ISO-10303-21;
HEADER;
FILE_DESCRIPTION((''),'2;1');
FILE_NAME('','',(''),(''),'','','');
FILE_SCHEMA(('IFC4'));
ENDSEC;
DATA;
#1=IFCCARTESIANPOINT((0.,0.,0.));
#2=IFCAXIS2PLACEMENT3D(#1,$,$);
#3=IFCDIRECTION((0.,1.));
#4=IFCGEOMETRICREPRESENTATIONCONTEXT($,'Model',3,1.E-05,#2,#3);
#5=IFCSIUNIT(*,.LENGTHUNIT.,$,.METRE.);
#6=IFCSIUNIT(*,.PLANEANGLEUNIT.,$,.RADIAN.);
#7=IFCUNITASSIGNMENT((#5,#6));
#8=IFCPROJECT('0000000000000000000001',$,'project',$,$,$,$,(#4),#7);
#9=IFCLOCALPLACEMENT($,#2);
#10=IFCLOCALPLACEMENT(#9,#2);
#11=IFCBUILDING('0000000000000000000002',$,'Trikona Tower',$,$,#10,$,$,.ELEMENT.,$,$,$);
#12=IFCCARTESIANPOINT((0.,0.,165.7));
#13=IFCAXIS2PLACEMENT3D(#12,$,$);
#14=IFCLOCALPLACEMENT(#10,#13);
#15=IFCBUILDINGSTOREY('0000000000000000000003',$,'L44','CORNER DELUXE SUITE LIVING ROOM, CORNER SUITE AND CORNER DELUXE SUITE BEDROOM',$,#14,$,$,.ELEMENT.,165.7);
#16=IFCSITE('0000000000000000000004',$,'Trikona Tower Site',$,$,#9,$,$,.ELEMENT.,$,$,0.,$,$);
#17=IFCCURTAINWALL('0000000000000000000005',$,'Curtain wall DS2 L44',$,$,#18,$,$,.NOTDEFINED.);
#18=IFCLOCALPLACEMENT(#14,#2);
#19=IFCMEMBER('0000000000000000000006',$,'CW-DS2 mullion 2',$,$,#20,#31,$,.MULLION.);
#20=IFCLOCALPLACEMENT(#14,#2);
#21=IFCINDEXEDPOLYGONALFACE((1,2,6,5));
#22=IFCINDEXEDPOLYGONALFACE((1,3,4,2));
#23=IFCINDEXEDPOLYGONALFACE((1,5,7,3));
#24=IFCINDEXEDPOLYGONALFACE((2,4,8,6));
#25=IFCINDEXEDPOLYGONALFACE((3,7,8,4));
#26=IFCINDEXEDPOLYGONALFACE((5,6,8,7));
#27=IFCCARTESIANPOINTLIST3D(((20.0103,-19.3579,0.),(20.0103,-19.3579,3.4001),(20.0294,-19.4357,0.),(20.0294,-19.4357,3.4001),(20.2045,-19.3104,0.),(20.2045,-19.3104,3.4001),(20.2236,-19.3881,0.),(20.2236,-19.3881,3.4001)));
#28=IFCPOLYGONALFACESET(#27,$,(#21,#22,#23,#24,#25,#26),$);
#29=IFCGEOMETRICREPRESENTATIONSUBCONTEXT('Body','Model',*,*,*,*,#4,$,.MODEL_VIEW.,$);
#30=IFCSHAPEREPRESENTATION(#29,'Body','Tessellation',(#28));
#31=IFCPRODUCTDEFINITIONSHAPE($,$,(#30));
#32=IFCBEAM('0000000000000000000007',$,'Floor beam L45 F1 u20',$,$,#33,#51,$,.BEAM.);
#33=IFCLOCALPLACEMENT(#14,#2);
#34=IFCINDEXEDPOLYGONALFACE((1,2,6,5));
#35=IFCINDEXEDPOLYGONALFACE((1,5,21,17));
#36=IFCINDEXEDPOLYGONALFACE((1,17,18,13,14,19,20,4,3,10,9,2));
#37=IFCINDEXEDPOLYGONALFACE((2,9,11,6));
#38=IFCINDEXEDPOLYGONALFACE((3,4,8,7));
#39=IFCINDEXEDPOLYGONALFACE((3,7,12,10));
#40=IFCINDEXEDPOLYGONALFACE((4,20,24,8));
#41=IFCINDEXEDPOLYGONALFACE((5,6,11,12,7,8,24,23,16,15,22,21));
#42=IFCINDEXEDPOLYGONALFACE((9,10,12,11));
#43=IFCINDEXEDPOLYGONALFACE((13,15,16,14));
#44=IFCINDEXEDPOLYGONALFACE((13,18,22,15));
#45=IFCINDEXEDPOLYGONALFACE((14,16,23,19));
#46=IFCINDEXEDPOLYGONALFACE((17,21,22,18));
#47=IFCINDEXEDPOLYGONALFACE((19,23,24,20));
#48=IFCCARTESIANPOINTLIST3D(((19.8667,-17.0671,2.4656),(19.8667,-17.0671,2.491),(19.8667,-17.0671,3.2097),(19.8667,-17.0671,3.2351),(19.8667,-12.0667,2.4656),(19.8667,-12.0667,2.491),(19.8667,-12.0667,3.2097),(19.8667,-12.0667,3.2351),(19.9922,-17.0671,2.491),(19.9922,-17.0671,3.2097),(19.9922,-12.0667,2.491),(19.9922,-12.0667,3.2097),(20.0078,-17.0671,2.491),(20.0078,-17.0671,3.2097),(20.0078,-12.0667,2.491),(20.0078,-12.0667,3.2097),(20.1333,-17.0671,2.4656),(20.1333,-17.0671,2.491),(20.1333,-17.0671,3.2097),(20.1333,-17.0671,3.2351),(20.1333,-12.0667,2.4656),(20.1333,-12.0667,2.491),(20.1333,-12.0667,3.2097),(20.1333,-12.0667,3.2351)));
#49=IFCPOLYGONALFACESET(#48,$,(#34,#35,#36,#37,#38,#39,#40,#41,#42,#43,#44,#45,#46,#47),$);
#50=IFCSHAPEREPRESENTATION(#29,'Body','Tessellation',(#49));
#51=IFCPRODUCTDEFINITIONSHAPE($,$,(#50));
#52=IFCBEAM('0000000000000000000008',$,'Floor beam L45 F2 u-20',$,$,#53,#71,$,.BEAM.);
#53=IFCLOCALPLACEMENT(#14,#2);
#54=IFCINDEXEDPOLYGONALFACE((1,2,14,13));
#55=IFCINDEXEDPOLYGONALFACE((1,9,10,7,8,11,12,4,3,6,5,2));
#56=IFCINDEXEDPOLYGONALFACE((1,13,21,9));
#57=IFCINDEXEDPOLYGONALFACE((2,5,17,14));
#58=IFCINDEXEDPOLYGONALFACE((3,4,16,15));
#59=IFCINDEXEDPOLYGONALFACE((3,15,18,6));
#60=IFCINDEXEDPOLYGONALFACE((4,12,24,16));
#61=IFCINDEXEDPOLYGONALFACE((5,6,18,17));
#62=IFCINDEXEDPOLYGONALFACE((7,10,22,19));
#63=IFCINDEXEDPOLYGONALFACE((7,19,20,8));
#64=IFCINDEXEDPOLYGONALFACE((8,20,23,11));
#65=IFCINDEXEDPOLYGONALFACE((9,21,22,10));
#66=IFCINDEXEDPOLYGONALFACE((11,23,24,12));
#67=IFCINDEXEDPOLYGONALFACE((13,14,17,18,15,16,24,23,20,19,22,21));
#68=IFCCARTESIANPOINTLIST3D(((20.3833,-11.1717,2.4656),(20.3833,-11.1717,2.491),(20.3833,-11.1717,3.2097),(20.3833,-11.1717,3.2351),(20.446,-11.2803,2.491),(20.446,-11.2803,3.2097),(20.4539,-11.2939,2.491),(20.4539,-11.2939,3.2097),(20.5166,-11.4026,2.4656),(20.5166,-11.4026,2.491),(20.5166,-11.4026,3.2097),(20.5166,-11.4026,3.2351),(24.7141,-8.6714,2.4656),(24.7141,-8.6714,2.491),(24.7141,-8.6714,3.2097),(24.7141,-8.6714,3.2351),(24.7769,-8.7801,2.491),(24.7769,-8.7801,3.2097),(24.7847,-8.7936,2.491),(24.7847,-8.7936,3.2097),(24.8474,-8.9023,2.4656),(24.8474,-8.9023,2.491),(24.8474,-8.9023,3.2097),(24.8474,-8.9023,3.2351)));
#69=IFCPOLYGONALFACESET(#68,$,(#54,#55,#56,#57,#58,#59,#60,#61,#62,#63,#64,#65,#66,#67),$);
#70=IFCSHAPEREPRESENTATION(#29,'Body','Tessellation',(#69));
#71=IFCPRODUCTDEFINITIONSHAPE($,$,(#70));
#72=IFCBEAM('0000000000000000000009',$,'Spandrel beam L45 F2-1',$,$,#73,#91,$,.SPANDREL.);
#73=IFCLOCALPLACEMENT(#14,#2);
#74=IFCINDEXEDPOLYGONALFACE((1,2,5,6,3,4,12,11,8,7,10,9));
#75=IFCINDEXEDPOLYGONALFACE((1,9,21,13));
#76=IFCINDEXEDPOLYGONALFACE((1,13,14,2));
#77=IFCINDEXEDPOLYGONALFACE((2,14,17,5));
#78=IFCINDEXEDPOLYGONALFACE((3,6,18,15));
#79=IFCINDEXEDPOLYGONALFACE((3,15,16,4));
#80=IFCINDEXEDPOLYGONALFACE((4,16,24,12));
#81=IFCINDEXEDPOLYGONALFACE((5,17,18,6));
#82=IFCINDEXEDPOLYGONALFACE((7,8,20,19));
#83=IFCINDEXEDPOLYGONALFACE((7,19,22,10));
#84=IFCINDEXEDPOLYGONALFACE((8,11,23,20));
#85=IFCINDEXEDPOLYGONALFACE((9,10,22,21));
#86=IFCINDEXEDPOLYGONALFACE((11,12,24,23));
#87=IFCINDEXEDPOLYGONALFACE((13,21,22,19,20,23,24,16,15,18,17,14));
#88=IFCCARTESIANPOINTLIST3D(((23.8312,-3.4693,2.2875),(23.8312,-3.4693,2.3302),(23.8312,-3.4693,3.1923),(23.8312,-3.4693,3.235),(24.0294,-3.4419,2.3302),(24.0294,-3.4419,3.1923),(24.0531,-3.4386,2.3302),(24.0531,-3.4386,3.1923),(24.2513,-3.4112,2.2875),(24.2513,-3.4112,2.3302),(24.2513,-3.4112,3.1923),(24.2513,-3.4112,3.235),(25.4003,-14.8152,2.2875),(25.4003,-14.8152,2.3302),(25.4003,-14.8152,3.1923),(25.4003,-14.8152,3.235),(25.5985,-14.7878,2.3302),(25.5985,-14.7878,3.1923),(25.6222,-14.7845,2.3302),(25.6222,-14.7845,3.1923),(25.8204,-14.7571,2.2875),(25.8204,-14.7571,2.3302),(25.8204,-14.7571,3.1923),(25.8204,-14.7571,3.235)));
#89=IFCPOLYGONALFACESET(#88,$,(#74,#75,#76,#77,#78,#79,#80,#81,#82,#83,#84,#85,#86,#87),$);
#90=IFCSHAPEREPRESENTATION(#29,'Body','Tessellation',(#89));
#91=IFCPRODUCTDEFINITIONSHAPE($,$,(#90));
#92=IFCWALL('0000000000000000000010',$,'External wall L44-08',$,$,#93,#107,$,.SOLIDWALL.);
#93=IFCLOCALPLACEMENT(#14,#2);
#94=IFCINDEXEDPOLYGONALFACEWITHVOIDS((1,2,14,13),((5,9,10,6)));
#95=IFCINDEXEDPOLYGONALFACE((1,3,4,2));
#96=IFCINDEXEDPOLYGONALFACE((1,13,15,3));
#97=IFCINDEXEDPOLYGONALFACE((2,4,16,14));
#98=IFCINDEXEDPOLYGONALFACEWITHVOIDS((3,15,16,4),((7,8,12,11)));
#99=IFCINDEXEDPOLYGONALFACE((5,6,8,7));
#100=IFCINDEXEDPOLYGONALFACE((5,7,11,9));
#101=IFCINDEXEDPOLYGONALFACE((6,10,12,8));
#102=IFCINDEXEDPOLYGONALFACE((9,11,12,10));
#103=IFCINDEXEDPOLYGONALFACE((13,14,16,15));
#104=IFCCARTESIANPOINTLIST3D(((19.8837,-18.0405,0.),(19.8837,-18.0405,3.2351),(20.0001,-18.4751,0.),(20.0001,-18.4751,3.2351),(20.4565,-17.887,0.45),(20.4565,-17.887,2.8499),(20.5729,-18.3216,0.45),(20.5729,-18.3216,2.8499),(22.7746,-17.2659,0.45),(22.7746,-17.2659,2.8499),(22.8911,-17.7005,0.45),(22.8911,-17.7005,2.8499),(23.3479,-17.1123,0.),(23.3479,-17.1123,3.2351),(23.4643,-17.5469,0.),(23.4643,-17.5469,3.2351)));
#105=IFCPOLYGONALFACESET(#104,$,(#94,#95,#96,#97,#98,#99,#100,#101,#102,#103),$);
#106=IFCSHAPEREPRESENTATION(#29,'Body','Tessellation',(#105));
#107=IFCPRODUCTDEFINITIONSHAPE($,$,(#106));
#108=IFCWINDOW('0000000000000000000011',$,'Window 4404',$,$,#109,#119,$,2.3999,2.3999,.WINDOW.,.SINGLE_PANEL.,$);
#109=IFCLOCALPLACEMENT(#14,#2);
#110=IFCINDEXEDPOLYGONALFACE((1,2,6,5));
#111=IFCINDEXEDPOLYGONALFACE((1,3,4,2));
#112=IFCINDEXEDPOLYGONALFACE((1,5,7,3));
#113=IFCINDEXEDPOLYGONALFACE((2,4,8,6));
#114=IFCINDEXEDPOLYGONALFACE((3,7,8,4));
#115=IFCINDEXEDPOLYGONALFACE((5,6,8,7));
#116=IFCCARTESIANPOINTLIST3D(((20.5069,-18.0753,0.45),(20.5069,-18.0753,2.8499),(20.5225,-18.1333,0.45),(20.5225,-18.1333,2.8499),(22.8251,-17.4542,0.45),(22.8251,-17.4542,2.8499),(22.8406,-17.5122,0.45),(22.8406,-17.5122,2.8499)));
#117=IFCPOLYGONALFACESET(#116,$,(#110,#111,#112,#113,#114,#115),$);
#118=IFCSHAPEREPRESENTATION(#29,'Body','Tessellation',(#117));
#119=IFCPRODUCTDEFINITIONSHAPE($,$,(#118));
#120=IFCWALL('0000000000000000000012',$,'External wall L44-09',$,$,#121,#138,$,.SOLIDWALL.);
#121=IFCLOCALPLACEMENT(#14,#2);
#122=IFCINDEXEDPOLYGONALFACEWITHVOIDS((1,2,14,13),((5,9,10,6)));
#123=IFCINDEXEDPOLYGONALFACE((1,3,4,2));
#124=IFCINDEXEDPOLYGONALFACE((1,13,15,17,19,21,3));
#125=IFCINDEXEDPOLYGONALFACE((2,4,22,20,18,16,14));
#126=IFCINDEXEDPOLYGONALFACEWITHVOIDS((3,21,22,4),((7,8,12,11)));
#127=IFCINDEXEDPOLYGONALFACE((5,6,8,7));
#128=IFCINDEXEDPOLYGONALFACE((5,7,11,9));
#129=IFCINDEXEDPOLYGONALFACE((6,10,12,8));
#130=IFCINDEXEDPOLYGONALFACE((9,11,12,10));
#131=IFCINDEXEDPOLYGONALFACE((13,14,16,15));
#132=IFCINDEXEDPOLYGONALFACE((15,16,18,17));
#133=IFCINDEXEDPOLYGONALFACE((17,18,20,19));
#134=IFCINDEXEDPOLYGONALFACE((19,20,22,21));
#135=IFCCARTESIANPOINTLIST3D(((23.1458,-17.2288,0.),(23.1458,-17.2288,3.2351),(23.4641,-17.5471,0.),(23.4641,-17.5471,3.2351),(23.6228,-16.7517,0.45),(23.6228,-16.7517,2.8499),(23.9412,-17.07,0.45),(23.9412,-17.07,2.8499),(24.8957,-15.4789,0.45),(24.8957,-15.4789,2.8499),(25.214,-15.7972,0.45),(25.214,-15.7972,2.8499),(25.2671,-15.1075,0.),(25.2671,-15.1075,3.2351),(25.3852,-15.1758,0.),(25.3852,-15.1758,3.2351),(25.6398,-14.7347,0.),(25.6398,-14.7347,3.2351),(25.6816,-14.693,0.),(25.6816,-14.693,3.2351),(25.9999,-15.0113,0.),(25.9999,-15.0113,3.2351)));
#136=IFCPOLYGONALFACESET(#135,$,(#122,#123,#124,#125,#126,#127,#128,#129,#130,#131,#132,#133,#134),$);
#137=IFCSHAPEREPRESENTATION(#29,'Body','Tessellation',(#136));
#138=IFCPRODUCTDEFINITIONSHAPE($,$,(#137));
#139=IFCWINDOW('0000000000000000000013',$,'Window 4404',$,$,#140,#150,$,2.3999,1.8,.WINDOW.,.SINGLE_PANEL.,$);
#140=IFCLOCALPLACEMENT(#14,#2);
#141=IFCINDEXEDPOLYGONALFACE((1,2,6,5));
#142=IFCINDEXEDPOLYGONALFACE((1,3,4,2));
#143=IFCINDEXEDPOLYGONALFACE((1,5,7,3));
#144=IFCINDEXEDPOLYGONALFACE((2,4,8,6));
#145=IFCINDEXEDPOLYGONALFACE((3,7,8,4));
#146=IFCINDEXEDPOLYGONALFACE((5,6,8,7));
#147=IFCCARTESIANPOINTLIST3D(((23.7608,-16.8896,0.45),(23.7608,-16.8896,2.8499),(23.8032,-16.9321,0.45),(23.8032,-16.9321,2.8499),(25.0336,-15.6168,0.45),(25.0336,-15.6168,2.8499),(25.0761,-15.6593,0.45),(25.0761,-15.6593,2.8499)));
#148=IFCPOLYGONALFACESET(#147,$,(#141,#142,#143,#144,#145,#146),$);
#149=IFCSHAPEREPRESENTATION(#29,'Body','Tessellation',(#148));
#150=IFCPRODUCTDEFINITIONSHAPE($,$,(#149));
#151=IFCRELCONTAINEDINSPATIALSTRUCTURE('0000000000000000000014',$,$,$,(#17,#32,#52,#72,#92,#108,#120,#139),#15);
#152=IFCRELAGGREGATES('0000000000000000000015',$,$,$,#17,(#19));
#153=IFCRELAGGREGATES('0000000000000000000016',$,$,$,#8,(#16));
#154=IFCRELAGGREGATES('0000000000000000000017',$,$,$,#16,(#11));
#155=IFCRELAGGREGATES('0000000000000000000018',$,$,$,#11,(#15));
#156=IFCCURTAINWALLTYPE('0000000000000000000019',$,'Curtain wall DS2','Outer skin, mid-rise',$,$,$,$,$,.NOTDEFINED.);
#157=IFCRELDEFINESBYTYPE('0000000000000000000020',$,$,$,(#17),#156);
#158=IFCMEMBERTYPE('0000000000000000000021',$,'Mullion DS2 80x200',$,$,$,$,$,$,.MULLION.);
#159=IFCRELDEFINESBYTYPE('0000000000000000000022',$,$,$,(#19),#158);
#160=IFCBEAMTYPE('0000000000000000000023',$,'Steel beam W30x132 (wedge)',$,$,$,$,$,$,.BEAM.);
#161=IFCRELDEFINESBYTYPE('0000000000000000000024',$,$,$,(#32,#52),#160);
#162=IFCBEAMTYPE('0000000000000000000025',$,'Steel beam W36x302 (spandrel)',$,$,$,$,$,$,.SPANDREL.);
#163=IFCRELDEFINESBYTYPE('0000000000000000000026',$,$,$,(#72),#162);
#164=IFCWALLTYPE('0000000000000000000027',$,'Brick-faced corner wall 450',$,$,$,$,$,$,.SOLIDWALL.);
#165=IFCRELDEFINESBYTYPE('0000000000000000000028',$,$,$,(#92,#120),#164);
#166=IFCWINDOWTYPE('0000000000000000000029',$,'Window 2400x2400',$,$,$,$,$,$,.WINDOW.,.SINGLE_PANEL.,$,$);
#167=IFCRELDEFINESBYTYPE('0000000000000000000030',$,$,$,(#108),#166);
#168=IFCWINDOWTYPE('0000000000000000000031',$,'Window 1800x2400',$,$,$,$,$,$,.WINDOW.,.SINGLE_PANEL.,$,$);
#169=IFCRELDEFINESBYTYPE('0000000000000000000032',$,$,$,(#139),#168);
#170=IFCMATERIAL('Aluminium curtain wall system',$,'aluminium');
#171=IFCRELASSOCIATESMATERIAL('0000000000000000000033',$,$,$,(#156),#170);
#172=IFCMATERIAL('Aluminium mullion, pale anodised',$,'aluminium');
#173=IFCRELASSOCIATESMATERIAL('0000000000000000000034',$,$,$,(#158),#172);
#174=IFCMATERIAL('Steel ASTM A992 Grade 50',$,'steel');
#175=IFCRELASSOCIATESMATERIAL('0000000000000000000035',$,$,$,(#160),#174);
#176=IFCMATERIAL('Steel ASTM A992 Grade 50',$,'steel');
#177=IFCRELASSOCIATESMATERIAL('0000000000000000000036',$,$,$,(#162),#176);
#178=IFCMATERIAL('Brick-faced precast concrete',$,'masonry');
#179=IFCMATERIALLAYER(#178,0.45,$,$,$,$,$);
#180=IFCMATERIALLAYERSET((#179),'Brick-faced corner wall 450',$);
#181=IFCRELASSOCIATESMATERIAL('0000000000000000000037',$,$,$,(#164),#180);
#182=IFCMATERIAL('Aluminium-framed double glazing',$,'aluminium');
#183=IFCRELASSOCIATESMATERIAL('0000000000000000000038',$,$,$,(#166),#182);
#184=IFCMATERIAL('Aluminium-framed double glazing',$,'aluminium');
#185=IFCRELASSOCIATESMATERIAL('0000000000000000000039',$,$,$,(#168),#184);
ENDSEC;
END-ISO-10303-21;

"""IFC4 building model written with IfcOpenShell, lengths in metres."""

from ifc_helpers import new_model, si_unit, direction, frame, frame_2d, origin, origin_2d, place, context, subcontext, project, spatial, polyline, rectangle, i_section, outline, extrude, material, layer, layer_set, material_profile, profile_set, type_object, element, fill, aggregate, save


model = new_model("IFC4")

# Units and contexts
model_context = context("Model", 3, precision=1e-05, world=origin(), true_north=direction((0.0, 1.0)))
body_context = subcontext(model_context, "Body", "Model", "MODEL_VIEW")
ifc_project = project(units=[si_unit("LENGTHUNIT", "METRE"), si_unit("PLANEANGLEUNIT", "RADIAN")], contexts=[model_context])

# Site, building, storey
site_placement = place(None, origin())
site = spatial("IfcSite", under=ifc_project, at=site_placement, Name="Trikona Tower Site", CompositionType="ELEMENT", RefElevation=0.0)
building_placement = place(site_placement, origin())
building = spatial("IfcBuilding", under=site, at=building_placement, Name="Trikona Tower", CompositionType="ELEMENT")
storey_placement = place(building_placement, frame((0.0, 0.0, 165.7)))
storey = spatial("IfcBuildingStorey", under=building, at=storey_placement, Name="L44", Description="CORNER DELUXE SUITE LIVING ROOM, CORNER SUITE AND CORNER DELUXE SUITE BEDROOM", CompositionType="ELEMENT", Elevation=165.7)

# Curtain wall, member
ifc_material_1 = material(Name="Aluminium curtain wall system", Category="aluminium")
curtain_wall_type = type_object("IfcCurtainWallType", Name="Curtain wall DS2", Description="Outer skin, mid-rise", PredefinedType="NOTDEFINED", material=ifc_material_1)
curtain_wall_placement = place(storey_placement, origin())
curtain_wall = element("IfcCurtainWall", 1, at=curtain_wall_placement, inside=storey, type_object=curtain_wall_type, Name="Curtain wall DS2 L44", PredefinedType="NOTDEFINED")
ifc_material_2 = material(Name="Aluminium mullion, pale anodised", Category="aluminium")
ifc_material_profile_1 = material_profile(ifc_material_2, rectangle(XDim=0.0801, YDim=0.2, at=origin_2d()), Name="MUL-DS2")
ifc_profile_set_1 = profile_set([ifc_material_profile_1], Name="Aluminium mullion, pale anodised")
member_type = type_object("IfcMemberType", Name="Mullion DS2 80x200", PredefinedType="MULLION", material=ifc_profile_set_1)
member_placement = place(storey_placement, frame((20.1169, -19.373, 0.0), z_axis=(0.0, 0.0, 1.0), x_axis=(-0.23797, 0.971272, 0.0)))
member = element("IfcMember", 2, at=member_placement, type_object=member_type, Name="CW-DS2 mullion 2", PredefinedType="MULLION", context=body_context, shape_type="SweptSolid", body=[
    extrude(rectangle(XDim=0.0801, YDim=0.2, at=origin_2d()), origin(), (0.0, 0.0, 1.0), 3.4001),
])
aggregate(curtain_wall, [member])

# Beams
ifc_material_3 = material(Name="Steel ASTM A992 Grade 50", Category="steel")
ifc_material_profile_2 = material_profile(ifc_material_3, i_section(OverallWidth=0.2666, OverallDepth=0.7695, WebThickness=0.0156, FlangeThickness=0.0254, at=origin_2d()), Name="W30X132")
ifc_profile_set_2 = profile_set([ifc_material_profile_2], Name="Steel ASTM A992 Grade 50")
beam_type_1 = type_object("IfcBeamType", Name="Steel beam W30x132 (wedge)", PredefinedType="BEAM", material=ifc_profile_set_2)
beam_1_placement = place(storey_placement, frame((20.0, -12.0667, 2.8503), z_axis=(0.0, -1.0, 0.0), x_axis=(1.0, 0.0, 0.0)))
element("IfcBeam", 3, at=beam_1_placement, inside=storey, type_object=beam_type_1, Name="Floor beam L45 F1 u20", PredefinedType="BEAM", context=body_context, shape_type="SweptSolid", body=[
    extrude(i_section(OverallWidth=0.2666, OverallDepth=0.7695, WebThickness=0.0156, FlangeThickness=0.0254, at=origin_2d()), origin(), (0.0, 0.0, 1.0), 5.0005),
])
beam_2_placement = place(storey_placement, frame((20.45, -11.2871, 2.8503), z_axis=(0.866038, 0.499977, 0.0), x_axis=(-0.499977, 0.866038, 0.0)))
element("IfcBeam", 4, at=beam_2_placement, inside=storey, type_object=beam_type_1, Name="Floor beam L45 F2 u-20", PredefinedType="BEAM", context=body_context, shape_type="SweptSolid", body=[
    extrude(i_section(OverallWidth=0.2666, OverallDepth=0.7695, WebThickness=0.0156, FlangeThickness=0.0254, at=origin_2d()), origin(), (0.0, 0.0, 1.0), 5.0007),
])
ifc_material_4 = material(Name="Steel ASTM A992 Grade 50", Category="steel")
ifc_material_profile_3 = material_profile(ifc_material_4, i_section(OverallWidth=0.4241, OverallDepth=0.9475, WebThickness=0.0239, FlangeThickness=0.0427, at=origin_2d()), Name="W36X302")
ifc_profile_set_3 = profile_set([ifc_material_profile_3], Name="Steel ASTM A992 Grade 50")
beam_type_2 = type_object("IfcBeamType", Name="Steel beam W36x302 (spandrel)", PredefinedType="SPANDREL", material=ifc_profile_set_3)
beam_3_placement = place(storey_placement, frame((25.6104, -14.7861, 2.7612), z_axis=(-0.136992, 0.990572, 0.0), x_axis=(-0.990572, -0.136992, 0.0)))
element("IfcBeam", 5, at=beam_3_placement, inside=storey, type_object=beam_type_2, Name="Spandrel beam L45 F2-1", PredefinedType="SPANDREL", context=body_context, shape_type="SweptSolid", body=[
    extrude(i_section(OverallWidth=0.4241, OverallDepth=0.9475, WebThickness=0.0239, FlangeThickness=0.0427, at=origin_2d()), origin(), (0.0, 0.0, 1.0), 11.4539),
])

# Walls, openings, windows
ifc_material_5 = material(Name="Brick-faced precast concrete", Category="masonry")
ifc_layer_1 = layer(ifc_material_5, 0.45)
ifc_layer_set_1 = layer_set([ifc_layer_1], Name="Brick-faced corner wall 450")
wall_type_1 = type_object("IfcWallType", Name="Brick-faced corner wall 450", PredefinedType="SOLIDWALL", material=ifc_layer_set_1)
wall_1_placement = place(storey_placement, frame((19.9419, -18.2578, 0.0), z_axis=(0.0, 0.0, 1.0), x_axis=(0.965925, 0.258823, 0.0)))
wall_1 = element("IfcWall", 6, at=wall_1_placement, inside=storey, type_object=wall_type_1, Name="External wall L44-08", PredefinedType="SOLIDWALL", context=body_context, shape_type="SweptSolid", body=[
    extrude(rectangle(XDim=3.5864, YDim=0.45, at=frame_2d((1.7932, 0.0))), origin(), (0.0, 0.0, 1.0), 3.2351),
])
opening_1_placement = place(wall_1_placement, frame((0.593, 0.0, 0.45)))
opening_1 = element("IfcOpeningElement", 7, at=opening_1_placement, cuts=wall_1, PredefinedType="OPENING", context=body_context, shape_type="SweptSolid", body=[
    extrude(rectangle(XDim=2.3999, YDim=2.3999, at=frame_2d((1.2, 1.2))), frame((0.0, 0.2349, 0.0), z_axis=(0.0, -1.0, 0.0), x_axis=(1.0, 0.0, 0.0)), (0.0, 0.0, 1.0), 0.47),
])
ifc_material_6 = material(Name="Aluminium-framed double glazing", Category="aluminium")
window_type_1 = type_object("IfcWindowType", Name="Window 2400x2400", PartitioningType="SINGLE_PANEL", PredefinedType="WINDOW", material=ifc_material_6)
window_1_placement = place(opening_1_placement, origin())
window_1 = element("IfcWindow", 8, at=window_1_placement, inside=storey, type_object=window_type_1, Name="Window 4404", OverallHeight=2.3999, OverallWidth=2.3999, PartitioningType="SINGLE_PANEL", PredefinedType="WINDOW", context=body_context, shape_type="SweptSolid", body=[
    extrude(rectangle(XDim=2.3999, YDim=2.3999, at=frame_2d((1.2, 1.2))), frame((0.0, 0.03, 0.0), z_axis=(0.0, -1.0, 0.0), x_axis=(1.0, 0.0, 0.0)), (0.0, 0.0, 1.0), 0.0601),
])
fill(opening_1, window_1)
wall_2_placement = place(storey_placement, frame((23.3049, -17.3879, 0.0), z_axis=(0.0, 0.0, 1.0), x_axis=(0.707107, 0.707107, 0.0)))
wall_2 = element("IfcWall", 9, at=wall_2_placement, inside=storey, type_object=wall_type_1, Name="External wall L44-09", PredefinedType="SOLIDWALL", context=body_context, shape_type="SweptSolid", body=[
    extrude(outline(polyline([(3.5862, 0.2251), (3.5271, 0.2251), (3.0352, 0.0933), (3.0, 0.2251), (0.0, 0.2251), (0.0, -0.2251), (3.5862, -0.2251), (3.5862, 0.2251)])), origin(), (0.0, 0.0, 1.0), 3.2351),
])
opening_2_placement = place(wall_2_placement, frame((0.6748, 0.0, 0.45)))
opening_2 = element("IfcOpeningElement", 10, at=opening_2_placement, cuts=wall_2, PredefinedType="OPENING", context=body_context, shape_type="SweptSolid", body=[
    extrude(rectangle(XDim=1.8, YDim=2.3999, at=frame_2d((0.8999, 1.2))), frame((0.0, 0.2349, 0.0), z_axis=(0.0, -1.0, 0.0), x_axis=(1.0, 0.0, 0.0)), (0.0, 0.0, 1.0), 0.47),
])
ifc_material_7 = material(Name="Aluminium-framed double glazing", Category="aluminium")
window_type_2 = type_object("IfcWindowType", Name="Window 1800x2400", PartitioningType="SINGLE_PANEL", PredefinedType="WINDOW", material=ifc_material_7)
window_2_placement = place(opening_2_placement, origin())
window_2 = element("IfcWindow", 11, at=window_2_placement, inside=storey, type_object=window_type_2, Name="Window 4404", OverallHeight=2.3999, OverallWidth=1.8, PartitioningType="SINGLE_PANEL", PredefinedType="WINDOW", context=body_context, shape_type="SweptSolid", body=[
    extrude(rectangle(XDim=1.8, YDim=2.3999, at=frame_2d((0.8999, 1.2))), frame((0.0, 0.03, 0.0), z_axis=(0.0, -1.0, 0.0), x_axis=(1.0, 0.0, 0.0)), (0.0, 0.0, 1.0), 0.0601),
])
fill(opening_2, window_2)

save(model, "model.ifc")
